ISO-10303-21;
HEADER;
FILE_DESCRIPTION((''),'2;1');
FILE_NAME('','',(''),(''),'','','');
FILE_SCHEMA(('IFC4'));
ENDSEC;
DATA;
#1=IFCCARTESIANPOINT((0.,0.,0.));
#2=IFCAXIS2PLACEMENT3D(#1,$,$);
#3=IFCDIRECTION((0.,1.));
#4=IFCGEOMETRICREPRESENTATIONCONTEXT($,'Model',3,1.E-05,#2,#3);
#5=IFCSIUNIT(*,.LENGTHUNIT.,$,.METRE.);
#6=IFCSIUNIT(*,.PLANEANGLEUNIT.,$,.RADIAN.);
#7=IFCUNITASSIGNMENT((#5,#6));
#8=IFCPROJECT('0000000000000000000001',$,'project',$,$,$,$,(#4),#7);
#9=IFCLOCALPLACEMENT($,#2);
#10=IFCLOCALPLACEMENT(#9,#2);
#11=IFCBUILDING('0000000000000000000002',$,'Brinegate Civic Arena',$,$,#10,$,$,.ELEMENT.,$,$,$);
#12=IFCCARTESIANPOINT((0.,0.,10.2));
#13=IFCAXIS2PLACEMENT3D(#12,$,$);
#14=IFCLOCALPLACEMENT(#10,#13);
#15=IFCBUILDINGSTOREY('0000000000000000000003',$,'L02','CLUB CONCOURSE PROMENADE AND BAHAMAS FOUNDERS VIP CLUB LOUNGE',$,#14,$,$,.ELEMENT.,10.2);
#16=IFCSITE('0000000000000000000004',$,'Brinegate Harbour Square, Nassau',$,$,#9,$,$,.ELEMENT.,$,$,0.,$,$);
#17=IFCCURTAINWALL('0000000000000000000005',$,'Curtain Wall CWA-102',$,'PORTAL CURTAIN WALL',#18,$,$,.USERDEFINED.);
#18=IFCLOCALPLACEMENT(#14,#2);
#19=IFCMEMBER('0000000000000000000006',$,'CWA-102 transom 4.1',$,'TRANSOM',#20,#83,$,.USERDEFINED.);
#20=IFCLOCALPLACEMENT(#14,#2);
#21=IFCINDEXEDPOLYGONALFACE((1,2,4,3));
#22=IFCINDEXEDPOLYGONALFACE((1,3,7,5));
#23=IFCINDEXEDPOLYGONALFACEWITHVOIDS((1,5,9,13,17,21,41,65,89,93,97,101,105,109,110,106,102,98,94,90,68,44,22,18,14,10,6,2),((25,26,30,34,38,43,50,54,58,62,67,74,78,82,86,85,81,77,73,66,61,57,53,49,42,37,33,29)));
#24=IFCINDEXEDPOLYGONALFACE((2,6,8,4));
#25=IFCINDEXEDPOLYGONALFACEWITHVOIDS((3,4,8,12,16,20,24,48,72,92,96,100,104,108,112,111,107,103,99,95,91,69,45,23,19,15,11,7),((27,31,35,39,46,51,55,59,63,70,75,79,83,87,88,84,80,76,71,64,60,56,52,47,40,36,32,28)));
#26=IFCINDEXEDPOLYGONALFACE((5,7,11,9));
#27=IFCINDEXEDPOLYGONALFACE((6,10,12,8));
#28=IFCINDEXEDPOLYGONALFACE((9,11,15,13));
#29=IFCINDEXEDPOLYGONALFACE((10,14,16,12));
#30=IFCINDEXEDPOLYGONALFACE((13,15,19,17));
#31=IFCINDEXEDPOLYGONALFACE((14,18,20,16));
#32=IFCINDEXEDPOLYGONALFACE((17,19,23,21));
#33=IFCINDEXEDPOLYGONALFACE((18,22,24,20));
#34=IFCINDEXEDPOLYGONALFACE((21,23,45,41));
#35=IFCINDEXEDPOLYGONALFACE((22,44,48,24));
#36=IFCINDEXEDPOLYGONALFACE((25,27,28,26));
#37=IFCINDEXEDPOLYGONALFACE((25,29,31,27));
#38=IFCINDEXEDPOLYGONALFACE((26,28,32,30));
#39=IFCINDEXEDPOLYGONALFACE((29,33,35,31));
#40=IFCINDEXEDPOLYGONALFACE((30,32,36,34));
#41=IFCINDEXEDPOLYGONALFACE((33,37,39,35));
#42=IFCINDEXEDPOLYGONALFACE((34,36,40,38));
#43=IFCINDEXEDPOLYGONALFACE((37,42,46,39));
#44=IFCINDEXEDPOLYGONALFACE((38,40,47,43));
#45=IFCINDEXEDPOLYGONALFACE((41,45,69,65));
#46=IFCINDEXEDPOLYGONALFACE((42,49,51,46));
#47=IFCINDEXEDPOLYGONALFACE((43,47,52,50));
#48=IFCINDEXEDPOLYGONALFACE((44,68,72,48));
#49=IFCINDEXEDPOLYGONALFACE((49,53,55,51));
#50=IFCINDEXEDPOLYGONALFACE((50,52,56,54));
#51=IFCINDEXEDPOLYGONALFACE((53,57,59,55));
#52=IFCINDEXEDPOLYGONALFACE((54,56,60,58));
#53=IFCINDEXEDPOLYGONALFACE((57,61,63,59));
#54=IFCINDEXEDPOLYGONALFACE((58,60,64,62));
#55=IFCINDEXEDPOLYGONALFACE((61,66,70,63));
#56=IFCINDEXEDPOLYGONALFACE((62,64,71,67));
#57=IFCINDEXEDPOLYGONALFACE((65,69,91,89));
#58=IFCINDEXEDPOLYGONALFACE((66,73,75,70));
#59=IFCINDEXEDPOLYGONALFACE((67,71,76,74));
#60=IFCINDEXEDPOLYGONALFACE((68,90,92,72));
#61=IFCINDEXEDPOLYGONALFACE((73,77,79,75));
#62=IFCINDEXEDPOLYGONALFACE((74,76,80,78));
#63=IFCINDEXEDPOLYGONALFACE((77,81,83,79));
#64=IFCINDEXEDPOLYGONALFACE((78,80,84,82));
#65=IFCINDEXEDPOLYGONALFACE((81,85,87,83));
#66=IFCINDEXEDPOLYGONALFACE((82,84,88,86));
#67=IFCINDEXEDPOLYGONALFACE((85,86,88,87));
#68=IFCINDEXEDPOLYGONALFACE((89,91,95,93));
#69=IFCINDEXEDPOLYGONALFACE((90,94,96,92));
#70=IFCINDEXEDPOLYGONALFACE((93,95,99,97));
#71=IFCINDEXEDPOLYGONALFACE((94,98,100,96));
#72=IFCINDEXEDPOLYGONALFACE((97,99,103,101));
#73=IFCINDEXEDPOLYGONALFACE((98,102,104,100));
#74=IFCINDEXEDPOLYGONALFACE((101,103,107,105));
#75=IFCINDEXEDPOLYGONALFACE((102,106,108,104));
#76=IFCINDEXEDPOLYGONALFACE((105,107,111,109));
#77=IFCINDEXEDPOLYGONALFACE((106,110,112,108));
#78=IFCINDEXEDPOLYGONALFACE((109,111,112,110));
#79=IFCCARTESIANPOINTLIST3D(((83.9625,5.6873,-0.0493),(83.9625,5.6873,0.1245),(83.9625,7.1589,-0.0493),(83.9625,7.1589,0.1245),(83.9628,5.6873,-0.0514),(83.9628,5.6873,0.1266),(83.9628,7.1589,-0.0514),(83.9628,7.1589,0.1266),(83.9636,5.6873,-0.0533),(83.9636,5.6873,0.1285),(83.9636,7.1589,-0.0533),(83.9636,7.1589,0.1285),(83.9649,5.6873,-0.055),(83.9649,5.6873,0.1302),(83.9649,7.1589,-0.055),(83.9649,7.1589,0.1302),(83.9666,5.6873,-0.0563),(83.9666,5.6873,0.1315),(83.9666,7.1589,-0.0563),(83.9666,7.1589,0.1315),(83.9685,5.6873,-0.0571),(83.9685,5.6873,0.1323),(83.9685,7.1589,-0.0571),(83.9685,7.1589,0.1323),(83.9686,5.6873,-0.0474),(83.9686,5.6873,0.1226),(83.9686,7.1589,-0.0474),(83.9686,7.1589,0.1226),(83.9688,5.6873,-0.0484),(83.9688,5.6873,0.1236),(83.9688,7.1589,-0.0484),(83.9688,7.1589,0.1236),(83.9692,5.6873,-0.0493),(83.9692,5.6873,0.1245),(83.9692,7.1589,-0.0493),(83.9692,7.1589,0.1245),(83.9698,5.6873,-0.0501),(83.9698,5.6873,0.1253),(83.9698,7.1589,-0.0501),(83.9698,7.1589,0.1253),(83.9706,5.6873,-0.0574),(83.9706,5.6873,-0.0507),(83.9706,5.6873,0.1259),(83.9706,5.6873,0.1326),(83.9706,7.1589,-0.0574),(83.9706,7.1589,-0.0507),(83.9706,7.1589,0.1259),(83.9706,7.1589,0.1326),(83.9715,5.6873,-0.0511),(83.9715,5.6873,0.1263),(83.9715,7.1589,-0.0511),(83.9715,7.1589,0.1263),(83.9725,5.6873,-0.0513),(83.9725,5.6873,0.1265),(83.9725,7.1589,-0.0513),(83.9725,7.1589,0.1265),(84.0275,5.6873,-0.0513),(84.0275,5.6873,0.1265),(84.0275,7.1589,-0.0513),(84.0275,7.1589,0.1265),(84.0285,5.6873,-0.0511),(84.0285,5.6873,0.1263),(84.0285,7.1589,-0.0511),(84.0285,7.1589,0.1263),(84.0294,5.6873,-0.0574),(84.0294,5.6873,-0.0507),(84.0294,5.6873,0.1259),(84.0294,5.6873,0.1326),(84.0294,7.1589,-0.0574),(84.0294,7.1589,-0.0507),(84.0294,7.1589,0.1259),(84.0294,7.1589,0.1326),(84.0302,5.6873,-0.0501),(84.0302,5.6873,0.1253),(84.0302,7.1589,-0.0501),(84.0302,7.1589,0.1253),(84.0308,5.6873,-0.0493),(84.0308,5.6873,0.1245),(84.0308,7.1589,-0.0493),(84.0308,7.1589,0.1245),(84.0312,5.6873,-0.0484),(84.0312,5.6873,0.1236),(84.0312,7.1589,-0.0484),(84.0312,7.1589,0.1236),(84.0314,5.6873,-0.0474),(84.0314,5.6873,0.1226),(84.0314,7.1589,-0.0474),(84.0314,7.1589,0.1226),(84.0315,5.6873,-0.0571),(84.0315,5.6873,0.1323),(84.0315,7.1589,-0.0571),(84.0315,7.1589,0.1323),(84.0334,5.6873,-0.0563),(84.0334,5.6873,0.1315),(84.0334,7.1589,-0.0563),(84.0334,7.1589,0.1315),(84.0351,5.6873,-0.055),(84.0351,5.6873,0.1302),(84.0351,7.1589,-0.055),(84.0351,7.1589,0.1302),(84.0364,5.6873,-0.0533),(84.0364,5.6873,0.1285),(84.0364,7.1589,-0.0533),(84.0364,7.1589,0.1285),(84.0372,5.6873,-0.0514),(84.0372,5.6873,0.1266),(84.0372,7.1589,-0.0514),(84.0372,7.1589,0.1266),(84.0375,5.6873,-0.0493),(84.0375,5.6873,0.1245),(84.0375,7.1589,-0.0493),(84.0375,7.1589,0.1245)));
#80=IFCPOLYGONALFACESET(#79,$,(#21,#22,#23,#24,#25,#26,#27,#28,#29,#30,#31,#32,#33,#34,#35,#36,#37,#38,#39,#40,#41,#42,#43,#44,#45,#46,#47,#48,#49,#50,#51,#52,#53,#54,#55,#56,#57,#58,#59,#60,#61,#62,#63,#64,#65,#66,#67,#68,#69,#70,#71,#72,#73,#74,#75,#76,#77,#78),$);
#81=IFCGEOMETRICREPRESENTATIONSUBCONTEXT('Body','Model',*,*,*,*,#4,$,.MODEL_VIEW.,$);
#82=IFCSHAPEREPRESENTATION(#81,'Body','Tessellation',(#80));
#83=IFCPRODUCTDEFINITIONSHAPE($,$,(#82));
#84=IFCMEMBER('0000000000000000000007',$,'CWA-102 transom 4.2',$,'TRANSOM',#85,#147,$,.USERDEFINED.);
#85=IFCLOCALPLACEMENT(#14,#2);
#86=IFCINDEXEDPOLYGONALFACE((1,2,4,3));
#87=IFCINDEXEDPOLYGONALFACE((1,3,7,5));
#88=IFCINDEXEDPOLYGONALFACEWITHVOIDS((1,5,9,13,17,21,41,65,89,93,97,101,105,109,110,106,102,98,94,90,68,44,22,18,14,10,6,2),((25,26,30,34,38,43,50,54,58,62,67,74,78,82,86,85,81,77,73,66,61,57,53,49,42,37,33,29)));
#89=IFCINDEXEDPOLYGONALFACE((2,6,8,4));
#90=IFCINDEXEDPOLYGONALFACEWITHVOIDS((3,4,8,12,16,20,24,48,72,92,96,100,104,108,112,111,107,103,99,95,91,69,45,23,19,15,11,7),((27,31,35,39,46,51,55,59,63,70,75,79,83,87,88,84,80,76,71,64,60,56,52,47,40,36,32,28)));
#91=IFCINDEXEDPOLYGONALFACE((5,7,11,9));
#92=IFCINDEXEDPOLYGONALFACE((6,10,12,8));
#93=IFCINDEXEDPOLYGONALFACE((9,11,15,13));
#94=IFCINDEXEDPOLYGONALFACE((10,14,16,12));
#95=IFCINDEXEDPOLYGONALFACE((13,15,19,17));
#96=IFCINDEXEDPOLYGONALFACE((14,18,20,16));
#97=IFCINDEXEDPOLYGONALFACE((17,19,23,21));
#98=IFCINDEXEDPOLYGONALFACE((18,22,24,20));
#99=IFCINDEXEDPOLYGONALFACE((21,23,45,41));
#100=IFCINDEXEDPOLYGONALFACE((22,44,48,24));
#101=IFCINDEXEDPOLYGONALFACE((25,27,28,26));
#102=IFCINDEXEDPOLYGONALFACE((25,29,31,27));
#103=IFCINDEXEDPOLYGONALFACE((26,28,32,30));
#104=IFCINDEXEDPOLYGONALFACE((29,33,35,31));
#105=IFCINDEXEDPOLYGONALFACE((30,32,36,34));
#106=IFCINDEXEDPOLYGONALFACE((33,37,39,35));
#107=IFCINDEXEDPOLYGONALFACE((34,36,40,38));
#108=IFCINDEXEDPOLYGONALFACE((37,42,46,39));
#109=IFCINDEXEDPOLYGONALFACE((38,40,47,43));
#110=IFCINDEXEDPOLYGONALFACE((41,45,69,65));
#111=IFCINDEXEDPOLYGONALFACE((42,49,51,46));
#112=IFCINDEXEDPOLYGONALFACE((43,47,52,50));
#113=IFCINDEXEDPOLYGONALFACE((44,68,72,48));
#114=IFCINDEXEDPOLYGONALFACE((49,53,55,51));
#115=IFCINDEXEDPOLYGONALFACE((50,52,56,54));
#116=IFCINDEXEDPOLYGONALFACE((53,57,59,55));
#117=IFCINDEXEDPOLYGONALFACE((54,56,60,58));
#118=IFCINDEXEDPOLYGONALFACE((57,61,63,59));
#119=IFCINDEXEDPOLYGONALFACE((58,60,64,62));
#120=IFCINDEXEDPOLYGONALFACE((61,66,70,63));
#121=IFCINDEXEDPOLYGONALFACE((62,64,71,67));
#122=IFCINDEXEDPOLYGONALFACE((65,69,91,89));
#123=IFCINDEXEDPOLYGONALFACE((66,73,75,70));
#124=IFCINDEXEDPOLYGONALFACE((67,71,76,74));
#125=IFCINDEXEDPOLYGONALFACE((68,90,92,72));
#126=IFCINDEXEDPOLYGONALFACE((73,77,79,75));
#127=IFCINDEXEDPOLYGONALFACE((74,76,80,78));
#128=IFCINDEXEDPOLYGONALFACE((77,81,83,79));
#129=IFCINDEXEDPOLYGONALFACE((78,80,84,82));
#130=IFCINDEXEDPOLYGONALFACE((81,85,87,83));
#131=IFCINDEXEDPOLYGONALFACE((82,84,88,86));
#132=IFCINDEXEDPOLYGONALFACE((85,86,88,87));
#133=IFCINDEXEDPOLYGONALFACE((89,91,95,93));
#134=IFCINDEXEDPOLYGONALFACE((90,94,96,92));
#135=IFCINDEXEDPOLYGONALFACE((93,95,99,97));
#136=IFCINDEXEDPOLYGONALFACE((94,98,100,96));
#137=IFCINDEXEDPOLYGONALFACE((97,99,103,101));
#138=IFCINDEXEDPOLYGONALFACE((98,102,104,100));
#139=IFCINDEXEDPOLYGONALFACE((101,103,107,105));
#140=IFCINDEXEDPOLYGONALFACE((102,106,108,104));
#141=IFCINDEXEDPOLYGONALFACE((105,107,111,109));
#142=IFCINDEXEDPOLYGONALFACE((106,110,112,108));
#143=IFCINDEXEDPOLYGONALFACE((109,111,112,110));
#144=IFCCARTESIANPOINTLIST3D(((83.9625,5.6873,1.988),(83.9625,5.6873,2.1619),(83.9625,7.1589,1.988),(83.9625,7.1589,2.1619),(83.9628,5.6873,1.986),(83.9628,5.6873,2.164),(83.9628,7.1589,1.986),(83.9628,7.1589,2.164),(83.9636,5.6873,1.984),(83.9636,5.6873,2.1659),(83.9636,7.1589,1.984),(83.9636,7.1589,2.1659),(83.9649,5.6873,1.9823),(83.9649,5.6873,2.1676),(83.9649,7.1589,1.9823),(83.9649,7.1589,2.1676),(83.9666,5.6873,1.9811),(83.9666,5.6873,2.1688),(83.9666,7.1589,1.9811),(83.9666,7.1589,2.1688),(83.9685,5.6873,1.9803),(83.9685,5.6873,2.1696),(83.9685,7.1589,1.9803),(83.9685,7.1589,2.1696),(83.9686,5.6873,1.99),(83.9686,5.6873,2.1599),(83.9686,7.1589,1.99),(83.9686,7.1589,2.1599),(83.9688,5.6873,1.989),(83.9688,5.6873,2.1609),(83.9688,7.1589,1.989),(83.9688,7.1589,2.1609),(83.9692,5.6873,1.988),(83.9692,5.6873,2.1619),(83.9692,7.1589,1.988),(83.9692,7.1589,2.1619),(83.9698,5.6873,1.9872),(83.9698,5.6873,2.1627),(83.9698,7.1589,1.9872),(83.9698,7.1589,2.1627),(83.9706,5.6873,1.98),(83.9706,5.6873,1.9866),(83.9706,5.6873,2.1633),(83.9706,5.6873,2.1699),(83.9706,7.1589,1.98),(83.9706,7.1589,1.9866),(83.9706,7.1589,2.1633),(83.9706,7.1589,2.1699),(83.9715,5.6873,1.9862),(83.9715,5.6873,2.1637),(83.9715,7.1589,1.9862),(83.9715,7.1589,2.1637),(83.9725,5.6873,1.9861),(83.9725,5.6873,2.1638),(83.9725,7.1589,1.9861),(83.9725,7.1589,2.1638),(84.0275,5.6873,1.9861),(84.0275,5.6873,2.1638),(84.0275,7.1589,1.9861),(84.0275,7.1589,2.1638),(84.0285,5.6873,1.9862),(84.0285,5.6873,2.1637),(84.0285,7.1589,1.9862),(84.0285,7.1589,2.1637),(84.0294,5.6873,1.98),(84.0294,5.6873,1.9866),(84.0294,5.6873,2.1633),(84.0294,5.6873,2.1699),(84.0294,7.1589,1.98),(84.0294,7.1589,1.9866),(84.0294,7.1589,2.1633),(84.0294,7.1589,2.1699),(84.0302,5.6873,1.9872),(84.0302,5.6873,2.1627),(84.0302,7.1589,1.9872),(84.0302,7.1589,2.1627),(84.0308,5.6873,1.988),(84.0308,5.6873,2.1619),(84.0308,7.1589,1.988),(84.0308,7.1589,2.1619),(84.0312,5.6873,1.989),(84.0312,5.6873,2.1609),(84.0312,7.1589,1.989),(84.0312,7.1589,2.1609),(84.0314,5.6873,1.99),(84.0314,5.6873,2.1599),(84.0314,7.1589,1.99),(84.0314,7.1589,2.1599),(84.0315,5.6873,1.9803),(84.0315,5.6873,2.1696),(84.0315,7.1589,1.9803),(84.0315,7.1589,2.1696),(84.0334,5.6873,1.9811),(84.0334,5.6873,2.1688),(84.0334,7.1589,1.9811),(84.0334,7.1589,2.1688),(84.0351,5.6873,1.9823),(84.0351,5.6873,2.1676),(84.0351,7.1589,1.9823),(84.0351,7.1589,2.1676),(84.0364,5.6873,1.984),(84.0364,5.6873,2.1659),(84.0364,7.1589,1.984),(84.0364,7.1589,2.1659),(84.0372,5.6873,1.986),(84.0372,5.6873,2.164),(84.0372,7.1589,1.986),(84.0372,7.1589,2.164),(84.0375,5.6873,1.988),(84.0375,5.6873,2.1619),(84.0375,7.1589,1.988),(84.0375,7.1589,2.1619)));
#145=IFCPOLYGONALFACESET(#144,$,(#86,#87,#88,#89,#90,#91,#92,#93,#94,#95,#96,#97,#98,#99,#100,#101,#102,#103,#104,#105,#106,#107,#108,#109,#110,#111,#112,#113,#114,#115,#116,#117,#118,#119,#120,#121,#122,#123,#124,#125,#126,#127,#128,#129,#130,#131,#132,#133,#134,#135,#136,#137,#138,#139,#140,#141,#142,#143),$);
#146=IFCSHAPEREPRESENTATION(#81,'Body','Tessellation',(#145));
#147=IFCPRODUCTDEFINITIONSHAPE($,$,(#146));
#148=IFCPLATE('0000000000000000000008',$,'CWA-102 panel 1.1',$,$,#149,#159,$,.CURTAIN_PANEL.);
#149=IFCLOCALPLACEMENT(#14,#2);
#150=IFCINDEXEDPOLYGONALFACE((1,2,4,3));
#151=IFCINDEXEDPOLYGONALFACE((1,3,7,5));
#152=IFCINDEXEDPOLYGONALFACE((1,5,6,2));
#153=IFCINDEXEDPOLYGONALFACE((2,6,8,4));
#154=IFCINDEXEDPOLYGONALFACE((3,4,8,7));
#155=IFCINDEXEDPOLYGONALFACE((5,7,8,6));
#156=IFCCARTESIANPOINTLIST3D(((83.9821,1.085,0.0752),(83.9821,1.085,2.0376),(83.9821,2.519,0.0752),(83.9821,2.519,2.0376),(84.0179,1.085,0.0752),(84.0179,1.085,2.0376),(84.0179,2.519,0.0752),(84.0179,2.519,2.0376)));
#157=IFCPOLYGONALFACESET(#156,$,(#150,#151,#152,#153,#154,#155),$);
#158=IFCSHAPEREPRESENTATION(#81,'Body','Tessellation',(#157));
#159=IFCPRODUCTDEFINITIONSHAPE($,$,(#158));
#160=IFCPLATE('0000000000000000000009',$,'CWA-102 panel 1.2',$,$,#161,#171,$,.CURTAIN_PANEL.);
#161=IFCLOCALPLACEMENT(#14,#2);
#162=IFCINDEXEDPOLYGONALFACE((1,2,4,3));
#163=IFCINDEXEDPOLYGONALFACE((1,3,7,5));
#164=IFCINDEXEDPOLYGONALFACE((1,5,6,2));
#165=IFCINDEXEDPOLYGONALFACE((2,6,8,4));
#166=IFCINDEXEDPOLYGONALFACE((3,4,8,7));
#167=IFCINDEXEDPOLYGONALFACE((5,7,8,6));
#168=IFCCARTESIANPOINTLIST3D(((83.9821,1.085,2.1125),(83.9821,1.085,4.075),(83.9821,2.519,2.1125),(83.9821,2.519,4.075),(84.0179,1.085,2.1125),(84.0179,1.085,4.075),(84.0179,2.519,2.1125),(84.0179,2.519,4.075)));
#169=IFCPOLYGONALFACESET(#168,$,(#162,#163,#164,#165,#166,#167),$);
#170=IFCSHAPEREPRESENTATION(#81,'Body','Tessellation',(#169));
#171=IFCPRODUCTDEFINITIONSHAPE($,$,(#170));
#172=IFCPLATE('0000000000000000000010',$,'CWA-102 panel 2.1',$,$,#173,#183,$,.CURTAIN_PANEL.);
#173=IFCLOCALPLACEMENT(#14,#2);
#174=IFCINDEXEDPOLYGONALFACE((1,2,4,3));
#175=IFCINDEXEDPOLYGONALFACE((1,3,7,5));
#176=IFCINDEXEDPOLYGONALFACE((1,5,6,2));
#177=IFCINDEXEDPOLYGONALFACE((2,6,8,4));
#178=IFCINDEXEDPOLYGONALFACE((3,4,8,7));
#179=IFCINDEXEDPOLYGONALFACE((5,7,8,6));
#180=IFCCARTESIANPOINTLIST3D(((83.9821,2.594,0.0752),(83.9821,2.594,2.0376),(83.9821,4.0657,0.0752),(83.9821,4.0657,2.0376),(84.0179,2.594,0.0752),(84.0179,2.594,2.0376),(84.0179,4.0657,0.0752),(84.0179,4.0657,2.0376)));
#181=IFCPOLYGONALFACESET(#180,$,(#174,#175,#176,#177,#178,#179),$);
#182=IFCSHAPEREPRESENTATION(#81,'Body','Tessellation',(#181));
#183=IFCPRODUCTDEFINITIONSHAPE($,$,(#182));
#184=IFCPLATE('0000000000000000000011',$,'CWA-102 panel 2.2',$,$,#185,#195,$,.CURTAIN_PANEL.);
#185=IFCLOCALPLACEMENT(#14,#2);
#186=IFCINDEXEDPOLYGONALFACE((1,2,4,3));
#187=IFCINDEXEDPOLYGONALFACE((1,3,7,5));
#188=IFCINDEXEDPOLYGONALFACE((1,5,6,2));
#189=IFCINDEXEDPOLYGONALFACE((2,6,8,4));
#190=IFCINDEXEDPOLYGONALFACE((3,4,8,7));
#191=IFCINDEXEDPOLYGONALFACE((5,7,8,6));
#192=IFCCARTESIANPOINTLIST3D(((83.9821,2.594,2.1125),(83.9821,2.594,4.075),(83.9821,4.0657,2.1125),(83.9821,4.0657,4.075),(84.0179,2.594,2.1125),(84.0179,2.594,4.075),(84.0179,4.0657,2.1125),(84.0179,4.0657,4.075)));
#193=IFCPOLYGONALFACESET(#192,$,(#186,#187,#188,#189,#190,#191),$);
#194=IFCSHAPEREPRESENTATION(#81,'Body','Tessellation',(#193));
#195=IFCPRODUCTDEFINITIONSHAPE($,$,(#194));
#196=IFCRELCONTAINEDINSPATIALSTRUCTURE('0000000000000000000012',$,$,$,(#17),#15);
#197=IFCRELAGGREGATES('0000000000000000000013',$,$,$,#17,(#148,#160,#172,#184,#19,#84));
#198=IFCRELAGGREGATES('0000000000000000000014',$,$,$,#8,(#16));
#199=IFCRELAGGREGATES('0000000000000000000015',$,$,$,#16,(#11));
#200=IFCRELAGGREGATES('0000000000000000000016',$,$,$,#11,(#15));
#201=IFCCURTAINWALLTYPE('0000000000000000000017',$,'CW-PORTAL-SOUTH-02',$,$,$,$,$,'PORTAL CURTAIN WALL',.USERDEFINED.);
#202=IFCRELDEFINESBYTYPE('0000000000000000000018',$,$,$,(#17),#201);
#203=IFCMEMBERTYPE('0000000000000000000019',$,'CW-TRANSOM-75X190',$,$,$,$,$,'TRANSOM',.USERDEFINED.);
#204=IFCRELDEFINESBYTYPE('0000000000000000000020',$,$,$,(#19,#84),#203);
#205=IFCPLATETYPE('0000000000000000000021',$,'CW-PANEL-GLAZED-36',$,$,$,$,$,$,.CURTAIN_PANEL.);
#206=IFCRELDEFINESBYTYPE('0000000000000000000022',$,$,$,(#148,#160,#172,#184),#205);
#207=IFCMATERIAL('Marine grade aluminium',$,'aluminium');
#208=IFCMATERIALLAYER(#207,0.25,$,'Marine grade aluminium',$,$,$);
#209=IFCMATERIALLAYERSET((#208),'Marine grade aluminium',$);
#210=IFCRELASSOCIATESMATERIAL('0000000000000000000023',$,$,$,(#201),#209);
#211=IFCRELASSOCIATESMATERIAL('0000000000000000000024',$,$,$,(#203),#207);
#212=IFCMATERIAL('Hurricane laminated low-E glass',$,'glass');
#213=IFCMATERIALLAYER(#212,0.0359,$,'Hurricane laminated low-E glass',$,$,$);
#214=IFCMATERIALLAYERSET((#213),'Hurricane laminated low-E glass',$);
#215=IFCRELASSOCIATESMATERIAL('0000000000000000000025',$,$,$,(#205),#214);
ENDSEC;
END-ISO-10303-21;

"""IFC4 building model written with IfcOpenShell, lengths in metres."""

from ifc_helpers import new_model, si_unit, direction, frame, origin, origin_2d, place, context, subcontext, project, spatial, rectangle, hollow_rectangle, extrude, material, layer, layer_set, material_profile, profile_set, type_object, element, aggregate, save


model = new_model("IFC4")

# Units and contexts
model_context = context("Model", 3, precision=1e-05, world=origin(), true_north=direction((0.0, 1.0)))
body_context = subcontext(model_context, "Body", "Model", "MODEL_VIEW")
ifc_project = project(units=[si_unit("LENGTHUNIT", "METRE"), si_unit("PLANEANGLEUNIT", "RADIAN")], contexts=[model_context])

# Site, building, storey
site_placement = place(None, origin())
site = spatial("IfcSite", under=ifc_project, at=site_placement, Name="Brinegate Harbour Square, Nassau", CompositionType="ELEMENT", RefElevation=0.0)
building_placement = place(site_placement, origin())
building = spatial("IfcBuilding", under=site, at=building_placement, Name="Brinegate Civic Arena", CompositionType="ELEMENT")
storey_placement = place(building_placement, frame((0.0, 0.0, 10.2)))
storey = spatial("IfcBuildingStorey", under=building, at=storey_placement, Name="L02", Description="CLUB CONCOURSE PROMENADE AND BAHAMAS FOUNDERS VIP CLUB LOUNGE", CompositionType="ELEMENT", Elevation=10.2)

# Curtain wall, members, plates
ifc_material_1 = material(Name="Marine grade aluminium", Category="aluminium")
ifc_layer_1 = layer(ifc_material_1, 0.25, Name="Marine grade aluminium")
ifc_layer_set_1 = layer_set([ifc_layer_1], Name="Marine grade aluminium")
curtain_wall_type = type_object("IfcCurtainWallType", Name="CW-PORTAL-SOUTH-02", ElementType="PORTAL CURTAIN WALL", PredefinedType="USERDEFINED", material=ifc_layer_set_1)
curtain_wall_placement = place(storey_placement, origin())
curtain_wall = element("IfcCurtainWall", 1, at=curtain_wall_placement, inside=storey, type_object=curtain_wall_type, Name="Curtain Wall CWA-102", ObjectType="PORTAL CURTAIN WALL", PredefinedType="USERDEFINED")
ifc_material_profile_1 = material_profile(ifc_material_1, hollow_rectangle(XDim=0.075, YDim=0.1899, WallThickness=0.0061, InnerFilletRadius=0.0039, OuterFilletRadius=0.0081, at=origin_2d()), Name="TRN75X190")
ifc_profile_set_1 = profile_set([ifc_material_profile_1], Name="Marine grade aluminium")
member_type_1 = type_object("IfcMemberType", Name="CW-TRANSOM-75X190", ElementType="TRANSOM", PredefinedType="USERDEFINED", material=ifc_profile_set_1)
member_1_placement = place(storey_placement, frame((84.0, 5.6873, 0.0376), z_axis=(0.0, 1.0, 0.0), x_axis=(-1.0, 0.0, 0.0)))
member_1 = element("IfcMember", 2, at=member_1_placement, type_object=member_type_1, Name="CWA-102 transom 4.1", ObjectType="TRANSOM", PredefinedType="USERDEFINED", context=body_context, shape_type="SweptSolid", body=[
    extrude(hollow_rectangle(XDim=0.075, YDim=0.1899, WallThickness=0.0061, InnerFilletRadius=0.0039, OuterFilletRadius=0.0081, at=origin_2d()), origin(), (0.0, 0.0, 1.0), 1.4717),
])
member_2_placement = place(storey_placement, frame((84.0, 5.6873, 2.075), z_axis=(0.0, 1.0, 0.0), x_axis=(-1.0, 0.0, 0.0)))
member_2 = element("IfcMember", 3, at=member_2_placement, type_object=member_type_1, Name="CWA-102 transom 4.2", ObjectType="TRANSOM", PredefinedType="USERDEFINED", context=body_context, shape_type="SweptSolid", body=[
    extrude(hollow_rectangle(XDim=0.075, YDim=0.1899, WallThickness=0.0061, InnerFilletRadius=0.0039, OuterFilletRadius=0.0081, at=origin_2d()), origin(), (0.0, 0.0, 1.0), 1.4717),
])
ifc_material_2 = material(Name="Hurricane laminated low-E glass", Category="glass")
ifc_layer_2 = layer(ifc_material_2, 0.0359, Name="Hurricane laminated low-E glass")
ifc_layer_set_2 = layer_set([ifc_layer_2], Name="Hurricane laminated low-E glass")
plate_type = type_object("IfcPlateType", Name="CW-PANEL-GLAZED-36", PredefinedType="CURTAIN_PANEL", material=ifc_layer_set_2)
plate_1_placement = place(storey_placement, frame((84.0, 1.802, 0.0752), z_axis=(0.0, 0.0, 1.0), x_axis=(0.0, 1.0, 0.0)))
plate_1 = element("IfcPlate", 4, at=plate_1_placement, type_object=plate_type, Name="CWA-102 panel 1.1", PredefinedType="CURTAIN_PANEL", context=body_context, shape_type="SweptSolid", body=[
    extrude(rectangle(XDim=1.4341, YDim=0.0359, at=origin_2d()), origin(), (0.0, 0.0, 1.0), 1.9624),
])
plate_2_placement = place(storey_placement, frame((84.0, 1.802, 2.1125), z_axis=(0.0, 0.0, 1.0), x_axis=(0.0, 1.0, 0.0)))
plate_2 = element("IfcPlate", 5, at=plate_2_placement, type_object=plate_type, Name="CWA-102 panel 1.2", PredefinedType="CURTAIN_PANEL", context=body_context, shape_type="SweptSolid", body=[
    extrude(rectangle(XDim=1.4341, YDim=0.0359, at=origin_2d()), origin(), (0.0, 0.0, 1.0), 1.9624),
])
plate_3_placement = place(storey_placement, frame((84.0, 3.3298, 0.0752), z_axis=(0.0, 0.0, 1.0), x_axis=(0.0, 1.0, 0.0)))
plate_3 = element("IfcPlate", 6, at=plate_3_placement, type_object=plate_type, Name="CWA-102 panel 2.1", PredefinedType="CURTAIN_PANEL", context=body_context, shape_type="SweptSolid", body=[
    extrude(rectangle(XDim=1.4717, YDim=0.0359, at=origin_2d()), origin(), (0.0, 0.0, 1.0), 1.9624),
])
plate_4_placement = place(storey_placement, frame((84.0, 3.3298, 2.1125), z_axis=(0.0, 0.0, 1.0), x_axis=(0.0, 1.0, 0.0)))
plate_4 = element("IfcPlate", 7, at=plate_4_placement, type_object=plate_type, Name="CWA-102 panel 2.2", PredefinedType="CURTAIN_PANEL", context=body_context, shape_type="SweptSolid", body=[
    extrude(rectangle(XDim=1.4717, YDim=0.0359, at=origin_2d()), origin(), (0.0, 0.0, 1.0), 1.9624),
])
aggregate(curtain_wall, [plate_1, plate_2, plate_3, plate_4, member_1, member_2])

save(model, "model.ifc")
